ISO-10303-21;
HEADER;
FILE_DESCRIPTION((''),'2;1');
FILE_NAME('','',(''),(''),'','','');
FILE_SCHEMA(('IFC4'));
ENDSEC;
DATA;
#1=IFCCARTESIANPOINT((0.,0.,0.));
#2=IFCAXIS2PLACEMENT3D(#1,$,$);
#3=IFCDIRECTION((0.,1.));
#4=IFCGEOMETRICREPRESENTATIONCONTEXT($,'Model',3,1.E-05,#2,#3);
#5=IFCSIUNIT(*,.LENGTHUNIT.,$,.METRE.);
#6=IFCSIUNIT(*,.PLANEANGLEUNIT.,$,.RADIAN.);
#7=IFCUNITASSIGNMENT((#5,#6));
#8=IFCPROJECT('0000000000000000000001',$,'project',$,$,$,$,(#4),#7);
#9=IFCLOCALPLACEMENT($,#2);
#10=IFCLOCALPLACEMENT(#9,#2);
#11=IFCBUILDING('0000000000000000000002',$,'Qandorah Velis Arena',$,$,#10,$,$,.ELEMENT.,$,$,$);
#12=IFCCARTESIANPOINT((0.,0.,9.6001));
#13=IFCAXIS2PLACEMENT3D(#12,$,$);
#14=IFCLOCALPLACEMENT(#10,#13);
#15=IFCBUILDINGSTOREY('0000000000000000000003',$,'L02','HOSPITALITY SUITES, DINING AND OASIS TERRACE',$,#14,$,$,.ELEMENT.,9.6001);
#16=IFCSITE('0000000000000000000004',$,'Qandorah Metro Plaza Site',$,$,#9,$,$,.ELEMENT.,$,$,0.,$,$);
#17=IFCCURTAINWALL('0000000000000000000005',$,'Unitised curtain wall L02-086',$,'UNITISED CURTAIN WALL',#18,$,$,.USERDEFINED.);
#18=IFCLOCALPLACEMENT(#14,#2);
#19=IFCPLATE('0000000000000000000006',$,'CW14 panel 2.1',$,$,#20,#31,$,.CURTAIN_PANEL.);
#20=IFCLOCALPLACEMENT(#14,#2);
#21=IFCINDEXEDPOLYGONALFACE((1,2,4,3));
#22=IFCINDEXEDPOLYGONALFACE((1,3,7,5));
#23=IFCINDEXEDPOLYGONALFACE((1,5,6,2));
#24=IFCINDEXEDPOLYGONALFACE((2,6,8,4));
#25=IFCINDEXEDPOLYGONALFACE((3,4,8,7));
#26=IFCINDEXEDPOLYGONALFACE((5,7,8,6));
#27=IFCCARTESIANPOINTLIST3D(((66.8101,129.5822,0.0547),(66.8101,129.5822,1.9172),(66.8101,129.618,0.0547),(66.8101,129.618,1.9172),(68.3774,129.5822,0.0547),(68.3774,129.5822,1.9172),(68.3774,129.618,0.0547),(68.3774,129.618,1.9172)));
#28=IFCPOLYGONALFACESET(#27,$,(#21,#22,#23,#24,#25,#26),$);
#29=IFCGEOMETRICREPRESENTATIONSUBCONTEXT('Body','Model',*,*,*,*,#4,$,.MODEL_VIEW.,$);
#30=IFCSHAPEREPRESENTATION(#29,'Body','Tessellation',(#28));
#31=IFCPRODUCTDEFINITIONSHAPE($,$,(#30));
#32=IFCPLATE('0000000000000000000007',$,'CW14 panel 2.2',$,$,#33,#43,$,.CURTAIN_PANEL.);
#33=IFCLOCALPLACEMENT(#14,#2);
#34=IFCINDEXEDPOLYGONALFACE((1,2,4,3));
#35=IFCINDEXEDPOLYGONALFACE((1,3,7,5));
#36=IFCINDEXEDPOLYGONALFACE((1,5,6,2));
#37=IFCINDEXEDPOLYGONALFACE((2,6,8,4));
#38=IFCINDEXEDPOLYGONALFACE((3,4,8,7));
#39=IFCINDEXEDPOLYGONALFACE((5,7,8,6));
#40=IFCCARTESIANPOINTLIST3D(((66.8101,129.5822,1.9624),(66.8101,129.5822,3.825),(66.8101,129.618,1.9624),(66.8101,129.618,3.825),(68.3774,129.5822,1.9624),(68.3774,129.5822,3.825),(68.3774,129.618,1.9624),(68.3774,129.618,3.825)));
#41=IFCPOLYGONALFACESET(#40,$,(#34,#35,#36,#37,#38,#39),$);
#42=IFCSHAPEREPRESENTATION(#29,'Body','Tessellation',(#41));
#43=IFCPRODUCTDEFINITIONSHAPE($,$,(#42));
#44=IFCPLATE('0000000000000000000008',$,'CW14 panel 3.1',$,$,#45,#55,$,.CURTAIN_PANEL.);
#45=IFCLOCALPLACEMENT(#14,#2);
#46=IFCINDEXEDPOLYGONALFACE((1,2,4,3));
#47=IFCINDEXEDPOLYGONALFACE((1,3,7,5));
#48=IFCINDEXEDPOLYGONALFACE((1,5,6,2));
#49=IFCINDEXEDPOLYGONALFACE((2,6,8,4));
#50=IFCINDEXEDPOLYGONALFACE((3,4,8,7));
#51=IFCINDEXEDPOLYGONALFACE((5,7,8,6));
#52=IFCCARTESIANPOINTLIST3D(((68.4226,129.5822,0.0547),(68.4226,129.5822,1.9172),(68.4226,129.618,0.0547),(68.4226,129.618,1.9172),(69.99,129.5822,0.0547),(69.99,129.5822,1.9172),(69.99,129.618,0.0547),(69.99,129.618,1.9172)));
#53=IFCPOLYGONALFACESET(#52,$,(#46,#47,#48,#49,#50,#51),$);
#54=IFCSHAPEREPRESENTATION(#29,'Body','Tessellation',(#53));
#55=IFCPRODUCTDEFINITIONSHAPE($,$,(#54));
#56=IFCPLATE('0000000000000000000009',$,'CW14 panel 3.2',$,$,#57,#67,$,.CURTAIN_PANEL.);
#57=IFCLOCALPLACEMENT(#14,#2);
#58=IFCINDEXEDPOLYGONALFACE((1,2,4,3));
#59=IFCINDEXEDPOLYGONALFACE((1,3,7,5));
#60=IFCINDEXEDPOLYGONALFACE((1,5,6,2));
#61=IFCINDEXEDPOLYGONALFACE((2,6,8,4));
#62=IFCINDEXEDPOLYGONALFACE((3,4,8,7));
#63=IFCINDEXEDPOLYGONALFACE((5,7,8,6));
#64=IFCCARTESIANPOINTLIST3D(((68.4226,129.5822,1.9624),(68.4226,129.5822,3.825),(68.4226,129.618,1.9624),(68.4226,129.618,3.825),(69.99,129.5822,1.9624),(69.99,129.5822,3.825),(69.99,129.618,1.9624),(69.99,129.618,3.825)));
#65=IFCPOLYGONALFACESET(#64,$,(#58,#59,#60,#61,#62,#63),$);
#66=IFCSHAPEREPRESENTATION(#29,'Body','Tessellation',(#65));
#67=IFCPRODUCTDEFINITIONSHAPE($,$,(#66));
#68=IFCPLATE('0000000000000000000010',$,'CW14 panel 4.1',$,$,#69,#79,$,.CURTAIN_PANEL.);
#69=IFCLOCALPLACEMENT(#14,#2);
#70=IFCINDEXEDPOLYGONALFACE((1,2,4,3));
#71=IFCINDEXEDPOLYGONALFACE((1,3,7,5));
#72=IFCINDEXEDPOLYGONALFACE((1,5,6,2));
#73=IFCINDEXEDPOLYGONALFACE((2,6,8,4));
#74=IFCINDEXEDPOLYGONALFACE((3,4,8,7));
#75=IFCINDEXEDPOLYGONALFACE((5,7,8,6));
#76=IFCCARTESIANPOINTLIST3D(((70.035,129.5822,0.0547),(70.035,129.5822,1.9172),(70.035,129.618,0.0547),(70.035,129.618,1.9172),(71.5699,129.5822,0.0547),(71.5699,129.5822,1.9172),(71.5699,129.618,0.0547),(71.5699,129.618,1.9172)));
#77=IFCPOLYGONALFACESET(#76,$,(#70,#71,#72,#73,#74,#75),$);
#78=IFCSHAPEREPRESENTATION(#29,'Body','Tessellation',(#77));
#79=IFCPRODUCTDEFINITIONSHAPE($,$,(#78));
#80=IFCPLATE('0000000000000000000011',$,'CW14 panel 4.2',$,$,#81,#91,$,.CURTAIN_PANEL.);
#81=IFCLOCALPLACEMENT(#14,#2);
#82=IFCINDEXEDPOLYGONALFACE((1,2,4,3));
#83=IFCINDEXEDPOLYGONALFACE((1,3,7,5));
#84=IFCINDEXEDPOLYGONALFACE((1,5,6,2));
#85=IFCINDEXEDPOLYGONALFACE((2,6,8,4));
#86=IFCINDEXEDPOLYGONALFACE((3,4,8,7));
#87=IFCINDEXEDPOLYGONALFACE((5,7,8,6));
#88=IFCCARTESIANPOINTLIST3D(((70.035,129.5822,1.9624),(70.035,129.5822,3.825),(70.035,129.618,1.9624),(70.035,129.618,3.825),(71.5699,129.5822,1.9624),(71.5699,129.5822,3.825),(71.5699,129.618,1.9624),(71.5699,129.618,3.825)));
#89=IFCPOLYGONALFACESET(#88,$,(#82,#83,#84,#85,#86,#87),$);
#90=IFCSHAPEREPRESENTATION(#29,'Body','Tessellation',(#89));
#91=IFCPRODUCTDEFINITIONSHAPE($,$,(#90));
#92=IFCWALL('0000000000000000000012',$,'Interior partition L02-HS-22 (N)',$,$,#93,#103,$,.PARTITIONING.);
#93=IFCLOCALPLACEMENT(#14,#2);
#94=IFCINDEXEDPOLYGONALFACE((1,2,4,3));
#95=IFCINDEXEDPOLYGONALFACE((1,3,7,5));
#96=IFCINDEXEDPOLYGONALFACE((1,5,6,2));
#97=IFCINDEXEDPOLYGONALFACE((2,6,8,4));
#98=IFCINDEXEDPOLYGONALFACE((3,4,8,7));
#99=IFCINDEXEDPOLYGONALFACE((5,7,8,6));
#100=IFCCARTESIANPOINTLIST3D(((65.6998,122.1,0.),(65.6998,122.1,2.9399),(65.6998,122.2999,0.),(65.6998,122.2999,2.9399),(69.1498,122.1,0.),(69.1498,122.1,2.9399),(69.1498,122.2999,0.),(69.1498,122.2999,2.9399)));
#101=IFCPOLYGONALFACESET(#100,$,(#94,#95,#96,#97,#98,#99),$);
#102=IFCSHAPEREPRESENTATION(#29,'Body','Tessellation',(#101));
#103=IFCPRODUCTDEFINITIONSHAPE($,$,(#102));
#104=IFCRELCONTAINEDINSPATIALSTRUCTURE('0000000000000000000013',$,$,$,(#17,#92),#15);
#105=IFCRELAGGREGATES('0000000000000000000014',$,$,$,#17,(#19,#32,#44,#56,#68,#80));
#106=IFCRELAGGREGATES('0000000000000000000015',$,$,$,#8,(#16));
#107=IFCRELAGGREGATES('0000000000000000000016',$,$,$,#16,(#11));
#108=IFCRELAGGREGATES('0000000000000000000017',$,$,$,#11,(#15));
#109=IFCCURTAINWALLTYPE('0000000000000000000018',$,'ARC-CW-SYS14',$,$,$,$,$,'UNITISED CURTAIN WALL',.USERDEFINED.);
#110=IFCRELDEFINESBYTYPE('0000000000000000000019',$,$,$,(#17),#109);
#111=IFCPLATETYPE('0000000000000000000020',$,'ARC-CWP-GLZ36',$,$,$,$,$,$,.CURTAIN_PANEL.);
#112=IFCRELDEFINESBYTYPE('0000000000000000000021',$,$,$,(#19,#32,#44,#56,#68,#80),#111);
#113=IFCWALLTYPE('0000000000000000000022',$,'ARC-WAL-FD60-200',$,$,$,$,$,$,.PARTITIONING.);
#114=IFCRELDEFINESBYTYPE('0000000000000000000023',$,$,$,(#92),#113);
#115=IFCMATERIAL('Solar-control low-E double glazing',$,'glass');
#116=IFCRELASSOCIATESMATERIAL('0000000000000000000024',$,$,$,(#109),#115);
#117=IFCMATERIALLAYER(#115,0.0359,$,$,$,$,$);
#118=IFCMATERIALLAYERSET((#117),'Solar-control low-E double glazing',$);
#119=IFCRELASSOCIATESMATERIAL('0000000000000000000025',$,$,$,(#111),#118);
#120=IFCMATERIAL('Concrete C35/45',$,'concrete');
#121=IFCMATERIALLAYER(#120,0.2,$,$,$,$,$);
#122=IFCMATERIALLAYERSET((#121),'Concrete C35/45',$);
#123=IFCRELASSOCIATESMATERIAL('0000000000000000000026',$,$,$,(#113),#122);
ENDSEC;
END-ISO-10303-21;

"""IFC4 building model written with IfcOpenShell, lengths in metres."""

from ifc_helpers import new_model, si_unit, direction, frame, frame_2d, origin, origin_2d, place, context, subcontext, project, spatial, rectangle, extrude, material, layer, layer_set, type_object, element, aggregate, save


model = new_model("IFC4")

# Units and contexts
model_context = context("Model", 3, precision=1e-05, world=origin(), true_north=direction((0.0, 1.0)))
body_context = subcontext(model_context, "Body", "Model", "MODEL_VIEW")
ifc_project = project(units=[si_unit("LENGTHUNIT", "METRE"), si_unit("PLANEANGLEUNIT", "RADIAN")], contexts=[model_context])

# Site, building, storey
site_placement = place(None, origin())
site = spatial("IfcSite", under=ifc_project, at=site_placement, Name="Qandorah Metro Plaza Site", CompositionType="ELEMENT", RefElevation=0.0)
building_placement = place(site_placement, origin())
building = spatial("IfcBuilding", under=site, at=building_placement, Name="Qandorah Velis Arena", CompositionType="ELEMENT")
storey_placement = place(building_placement, frame((0.0, 0.0, 9.6001)))
storey = spatial("IfcBuildingStorey", under=building, at=storey_placement, Name="L02", Description="HOSPITALITY SUITES, DINING AND OASIS TERRACE", CompositionType="ELEMENT", Elevation=9.6001)

# Curtain wall, plates
ifc_material_1 = material(Name="Solar-control low-E double glazing", Category="glass")
curtain_wall_type = type_object("IfcCurtainWallType", Name="ARC-CW-SYS14", ElementType="UNITISED CURTAIN WALL", PredefinedType="USERDEFINED", material=ifc_material_1)
curtain_wall_placement = place(storey_placement, origin())
curtain_wall = element("IfcCurtainWall", 1, at=curtain_wall_placement, inside=storey, type_object=curtain_wall_type, Name="Unitised curtain wall L02-086", ObjectType="UNITISED CURTAIN WALL", PredefinedType="USERDEFINED")
ifc_layer_1 = layer(ifc_material_1, 0.0359)
ifc_layer_set_1 = layer_set([ifc_layer_1], Name="Solar-control low-E double glazing")
plate_type = type_object("IfcPlateType", Name="ARC-CWP-GLZ36", PredefinedType="CURTAIN_PANEL", material=ifc_layer_set_1)
plate_1_placement = place(storey_placement, frame((67.5938, 129.6001, 0.0547), z_axis=(0.0, 0.0, 1.0), x_axis=(1.0, 0.0, 0.0)))
plate_1 = element("IfcPlate", 2, at=plate_1_placement, type_object=plate_type, Name="CW14 panel 2.1", PredefinedType="CURTAIN_PANEL", context=body_context, shape_type="SweptSolid", body=[
    extrude(rectangle(XDim=1.5674, YDim=0.0359, at=origin_2d()), origin(), (0.0, 0.0, 1.0), 1.8625),
])
plate_2_placement = place(storey_placement, frame((67.5938, 129.6001, 1.9624), z_axis=(0.0, 0.0, 1.0), x_axis=(1.0, 0.0, 0.0)))
plate_2 = element("IfcPlate", 3, at=plate_2_placement, type_object=plate_type, Name="CW14 panel 2.2", PredefinedType="CURTAIN_PANEL", context=body_context, shape_type="SweptSolid", body=[
    extrude(rectangle(XDim=1.5674, YDim=0.0359, at=origin_2d()), origin(), (0.0, 0.0, 1.0), 1.8625),
])
plate_3_placement = place(storey_placement, frame((69.2063, 129.6001, 0.0547), z_axis=(0.0, 0.0, 1.0), x_axis=(1.0, 0.0, 0.0)))
plate_3 = element("IfcPlate", 4, at=plate_3_placement, type_object=plate_type, Name="CW14 panel 3.1", PredefinedType="CURTAIN_PANEL", context=body_context, shape_type="SweptSolid", body=[
    extrude(rectangle(XDim=1.5674, YDim=0.0359, at=origin_2d()), origin(), (0.0, 0.0, 1.0), 1.8625),
])
plate_4_placement = place(storey_placement, frame((69.2063, 129.6001, 1.9624), z_axis=(0.0, 0.0, 1.0), x_axis=(1.0, 0.0, 0.0)))
plate_4 = element("IfcPlate", 5, at=plate_4_placement, type_object=plate_type, Name="CW14 panel 3.2", PredefinedType="CURTAIN_PANEL", context=body_context, shape_type="SweptSolid", body=[
    extrude(rectangle(XDim=1.5674, YDim=0.0359, at=origin_2d()), origin(), (0.0, 0.0, 1.0), 1.8625),
])
plate_5_placement = place(storey_placement, frame((70.8025, 129.6001, 0.0547), z_axis=(0.0, 0.0, 1.0), x_axis=(1.0, 0.0, 0.0)))
plate_5 = element("IfcPlate", 6, at=plate_5_placement, type_object=plate_type, Name="CW14 panel 4.1", PredefinedType="CURTAIN_PANEL", context=body_context, shape_type="SweptSolid", body=[
    extrude(rectangle(XDim=1.5349, YDim=0.0359, at=origin_2d()), origin(), (0.0, 0.0, 1.0), 1.8625),
])
plate_6_placement = place(storey_placement, frame((70.8025, 129.6001, 1.9624), z_axis=(0.0, 0.0, 1.0), x_axis=(1.0, 0.0, 0.0)))
plate_6 = element("IfcPlate", 7, at=plate_6_placement, type_object=plate_type, Name="CW14 panel 4.2", PredefinedType="CURTAIN_PANEL", context=body_context, shape_type="SweptSolid", body=[
    extrude(rectangle(XDim=1.5349, YDim=0.0359, at=origin_2d()), origin(), (0.0, 0.0, 1.0), 1.8625),
])
aggregate(curtain_wall, [plate_1, plate_2, plate_3, plate_4, plate_5, plate_6])

# Wall
ifc_material_2 = material(Name="Concrete C35/45", Category="concrete")
ifc_layer_2 = layer(ifc_material_2, 0.2)
ifc_layer_set_2 = layer_set([ifc_layer_2], Name="Concrete C35/45")
wall_type = type_object("IfcWallType", Name="ARC-WAL-FD60-200", PredefinedType="PARTITIONING", material=ifc_layer_set_2)
wall_placement = place(storey_placement, frame((69.1499, 122.2, 0.0), z_axis=(0.0, 0.0, 1.0), x_axis=(-1.0, 0.0, 0.0)))
element("IfcWall", 8, at=wall_placement, inside=storey, type_object=wall_type, Name="Interior partition L02-HS-22 (N)", PredefinedType="PARTITIONING", context=body_context, shape_type="SweptSolid", body=[
    extrude(rectangle(XDim=3.45, YDim=0.2, at=frame_2d((1.7251, 0.0))), origin(), (0.0, 0.0, 1.0), 2.9399),
])

save(model, "model.ifc")
